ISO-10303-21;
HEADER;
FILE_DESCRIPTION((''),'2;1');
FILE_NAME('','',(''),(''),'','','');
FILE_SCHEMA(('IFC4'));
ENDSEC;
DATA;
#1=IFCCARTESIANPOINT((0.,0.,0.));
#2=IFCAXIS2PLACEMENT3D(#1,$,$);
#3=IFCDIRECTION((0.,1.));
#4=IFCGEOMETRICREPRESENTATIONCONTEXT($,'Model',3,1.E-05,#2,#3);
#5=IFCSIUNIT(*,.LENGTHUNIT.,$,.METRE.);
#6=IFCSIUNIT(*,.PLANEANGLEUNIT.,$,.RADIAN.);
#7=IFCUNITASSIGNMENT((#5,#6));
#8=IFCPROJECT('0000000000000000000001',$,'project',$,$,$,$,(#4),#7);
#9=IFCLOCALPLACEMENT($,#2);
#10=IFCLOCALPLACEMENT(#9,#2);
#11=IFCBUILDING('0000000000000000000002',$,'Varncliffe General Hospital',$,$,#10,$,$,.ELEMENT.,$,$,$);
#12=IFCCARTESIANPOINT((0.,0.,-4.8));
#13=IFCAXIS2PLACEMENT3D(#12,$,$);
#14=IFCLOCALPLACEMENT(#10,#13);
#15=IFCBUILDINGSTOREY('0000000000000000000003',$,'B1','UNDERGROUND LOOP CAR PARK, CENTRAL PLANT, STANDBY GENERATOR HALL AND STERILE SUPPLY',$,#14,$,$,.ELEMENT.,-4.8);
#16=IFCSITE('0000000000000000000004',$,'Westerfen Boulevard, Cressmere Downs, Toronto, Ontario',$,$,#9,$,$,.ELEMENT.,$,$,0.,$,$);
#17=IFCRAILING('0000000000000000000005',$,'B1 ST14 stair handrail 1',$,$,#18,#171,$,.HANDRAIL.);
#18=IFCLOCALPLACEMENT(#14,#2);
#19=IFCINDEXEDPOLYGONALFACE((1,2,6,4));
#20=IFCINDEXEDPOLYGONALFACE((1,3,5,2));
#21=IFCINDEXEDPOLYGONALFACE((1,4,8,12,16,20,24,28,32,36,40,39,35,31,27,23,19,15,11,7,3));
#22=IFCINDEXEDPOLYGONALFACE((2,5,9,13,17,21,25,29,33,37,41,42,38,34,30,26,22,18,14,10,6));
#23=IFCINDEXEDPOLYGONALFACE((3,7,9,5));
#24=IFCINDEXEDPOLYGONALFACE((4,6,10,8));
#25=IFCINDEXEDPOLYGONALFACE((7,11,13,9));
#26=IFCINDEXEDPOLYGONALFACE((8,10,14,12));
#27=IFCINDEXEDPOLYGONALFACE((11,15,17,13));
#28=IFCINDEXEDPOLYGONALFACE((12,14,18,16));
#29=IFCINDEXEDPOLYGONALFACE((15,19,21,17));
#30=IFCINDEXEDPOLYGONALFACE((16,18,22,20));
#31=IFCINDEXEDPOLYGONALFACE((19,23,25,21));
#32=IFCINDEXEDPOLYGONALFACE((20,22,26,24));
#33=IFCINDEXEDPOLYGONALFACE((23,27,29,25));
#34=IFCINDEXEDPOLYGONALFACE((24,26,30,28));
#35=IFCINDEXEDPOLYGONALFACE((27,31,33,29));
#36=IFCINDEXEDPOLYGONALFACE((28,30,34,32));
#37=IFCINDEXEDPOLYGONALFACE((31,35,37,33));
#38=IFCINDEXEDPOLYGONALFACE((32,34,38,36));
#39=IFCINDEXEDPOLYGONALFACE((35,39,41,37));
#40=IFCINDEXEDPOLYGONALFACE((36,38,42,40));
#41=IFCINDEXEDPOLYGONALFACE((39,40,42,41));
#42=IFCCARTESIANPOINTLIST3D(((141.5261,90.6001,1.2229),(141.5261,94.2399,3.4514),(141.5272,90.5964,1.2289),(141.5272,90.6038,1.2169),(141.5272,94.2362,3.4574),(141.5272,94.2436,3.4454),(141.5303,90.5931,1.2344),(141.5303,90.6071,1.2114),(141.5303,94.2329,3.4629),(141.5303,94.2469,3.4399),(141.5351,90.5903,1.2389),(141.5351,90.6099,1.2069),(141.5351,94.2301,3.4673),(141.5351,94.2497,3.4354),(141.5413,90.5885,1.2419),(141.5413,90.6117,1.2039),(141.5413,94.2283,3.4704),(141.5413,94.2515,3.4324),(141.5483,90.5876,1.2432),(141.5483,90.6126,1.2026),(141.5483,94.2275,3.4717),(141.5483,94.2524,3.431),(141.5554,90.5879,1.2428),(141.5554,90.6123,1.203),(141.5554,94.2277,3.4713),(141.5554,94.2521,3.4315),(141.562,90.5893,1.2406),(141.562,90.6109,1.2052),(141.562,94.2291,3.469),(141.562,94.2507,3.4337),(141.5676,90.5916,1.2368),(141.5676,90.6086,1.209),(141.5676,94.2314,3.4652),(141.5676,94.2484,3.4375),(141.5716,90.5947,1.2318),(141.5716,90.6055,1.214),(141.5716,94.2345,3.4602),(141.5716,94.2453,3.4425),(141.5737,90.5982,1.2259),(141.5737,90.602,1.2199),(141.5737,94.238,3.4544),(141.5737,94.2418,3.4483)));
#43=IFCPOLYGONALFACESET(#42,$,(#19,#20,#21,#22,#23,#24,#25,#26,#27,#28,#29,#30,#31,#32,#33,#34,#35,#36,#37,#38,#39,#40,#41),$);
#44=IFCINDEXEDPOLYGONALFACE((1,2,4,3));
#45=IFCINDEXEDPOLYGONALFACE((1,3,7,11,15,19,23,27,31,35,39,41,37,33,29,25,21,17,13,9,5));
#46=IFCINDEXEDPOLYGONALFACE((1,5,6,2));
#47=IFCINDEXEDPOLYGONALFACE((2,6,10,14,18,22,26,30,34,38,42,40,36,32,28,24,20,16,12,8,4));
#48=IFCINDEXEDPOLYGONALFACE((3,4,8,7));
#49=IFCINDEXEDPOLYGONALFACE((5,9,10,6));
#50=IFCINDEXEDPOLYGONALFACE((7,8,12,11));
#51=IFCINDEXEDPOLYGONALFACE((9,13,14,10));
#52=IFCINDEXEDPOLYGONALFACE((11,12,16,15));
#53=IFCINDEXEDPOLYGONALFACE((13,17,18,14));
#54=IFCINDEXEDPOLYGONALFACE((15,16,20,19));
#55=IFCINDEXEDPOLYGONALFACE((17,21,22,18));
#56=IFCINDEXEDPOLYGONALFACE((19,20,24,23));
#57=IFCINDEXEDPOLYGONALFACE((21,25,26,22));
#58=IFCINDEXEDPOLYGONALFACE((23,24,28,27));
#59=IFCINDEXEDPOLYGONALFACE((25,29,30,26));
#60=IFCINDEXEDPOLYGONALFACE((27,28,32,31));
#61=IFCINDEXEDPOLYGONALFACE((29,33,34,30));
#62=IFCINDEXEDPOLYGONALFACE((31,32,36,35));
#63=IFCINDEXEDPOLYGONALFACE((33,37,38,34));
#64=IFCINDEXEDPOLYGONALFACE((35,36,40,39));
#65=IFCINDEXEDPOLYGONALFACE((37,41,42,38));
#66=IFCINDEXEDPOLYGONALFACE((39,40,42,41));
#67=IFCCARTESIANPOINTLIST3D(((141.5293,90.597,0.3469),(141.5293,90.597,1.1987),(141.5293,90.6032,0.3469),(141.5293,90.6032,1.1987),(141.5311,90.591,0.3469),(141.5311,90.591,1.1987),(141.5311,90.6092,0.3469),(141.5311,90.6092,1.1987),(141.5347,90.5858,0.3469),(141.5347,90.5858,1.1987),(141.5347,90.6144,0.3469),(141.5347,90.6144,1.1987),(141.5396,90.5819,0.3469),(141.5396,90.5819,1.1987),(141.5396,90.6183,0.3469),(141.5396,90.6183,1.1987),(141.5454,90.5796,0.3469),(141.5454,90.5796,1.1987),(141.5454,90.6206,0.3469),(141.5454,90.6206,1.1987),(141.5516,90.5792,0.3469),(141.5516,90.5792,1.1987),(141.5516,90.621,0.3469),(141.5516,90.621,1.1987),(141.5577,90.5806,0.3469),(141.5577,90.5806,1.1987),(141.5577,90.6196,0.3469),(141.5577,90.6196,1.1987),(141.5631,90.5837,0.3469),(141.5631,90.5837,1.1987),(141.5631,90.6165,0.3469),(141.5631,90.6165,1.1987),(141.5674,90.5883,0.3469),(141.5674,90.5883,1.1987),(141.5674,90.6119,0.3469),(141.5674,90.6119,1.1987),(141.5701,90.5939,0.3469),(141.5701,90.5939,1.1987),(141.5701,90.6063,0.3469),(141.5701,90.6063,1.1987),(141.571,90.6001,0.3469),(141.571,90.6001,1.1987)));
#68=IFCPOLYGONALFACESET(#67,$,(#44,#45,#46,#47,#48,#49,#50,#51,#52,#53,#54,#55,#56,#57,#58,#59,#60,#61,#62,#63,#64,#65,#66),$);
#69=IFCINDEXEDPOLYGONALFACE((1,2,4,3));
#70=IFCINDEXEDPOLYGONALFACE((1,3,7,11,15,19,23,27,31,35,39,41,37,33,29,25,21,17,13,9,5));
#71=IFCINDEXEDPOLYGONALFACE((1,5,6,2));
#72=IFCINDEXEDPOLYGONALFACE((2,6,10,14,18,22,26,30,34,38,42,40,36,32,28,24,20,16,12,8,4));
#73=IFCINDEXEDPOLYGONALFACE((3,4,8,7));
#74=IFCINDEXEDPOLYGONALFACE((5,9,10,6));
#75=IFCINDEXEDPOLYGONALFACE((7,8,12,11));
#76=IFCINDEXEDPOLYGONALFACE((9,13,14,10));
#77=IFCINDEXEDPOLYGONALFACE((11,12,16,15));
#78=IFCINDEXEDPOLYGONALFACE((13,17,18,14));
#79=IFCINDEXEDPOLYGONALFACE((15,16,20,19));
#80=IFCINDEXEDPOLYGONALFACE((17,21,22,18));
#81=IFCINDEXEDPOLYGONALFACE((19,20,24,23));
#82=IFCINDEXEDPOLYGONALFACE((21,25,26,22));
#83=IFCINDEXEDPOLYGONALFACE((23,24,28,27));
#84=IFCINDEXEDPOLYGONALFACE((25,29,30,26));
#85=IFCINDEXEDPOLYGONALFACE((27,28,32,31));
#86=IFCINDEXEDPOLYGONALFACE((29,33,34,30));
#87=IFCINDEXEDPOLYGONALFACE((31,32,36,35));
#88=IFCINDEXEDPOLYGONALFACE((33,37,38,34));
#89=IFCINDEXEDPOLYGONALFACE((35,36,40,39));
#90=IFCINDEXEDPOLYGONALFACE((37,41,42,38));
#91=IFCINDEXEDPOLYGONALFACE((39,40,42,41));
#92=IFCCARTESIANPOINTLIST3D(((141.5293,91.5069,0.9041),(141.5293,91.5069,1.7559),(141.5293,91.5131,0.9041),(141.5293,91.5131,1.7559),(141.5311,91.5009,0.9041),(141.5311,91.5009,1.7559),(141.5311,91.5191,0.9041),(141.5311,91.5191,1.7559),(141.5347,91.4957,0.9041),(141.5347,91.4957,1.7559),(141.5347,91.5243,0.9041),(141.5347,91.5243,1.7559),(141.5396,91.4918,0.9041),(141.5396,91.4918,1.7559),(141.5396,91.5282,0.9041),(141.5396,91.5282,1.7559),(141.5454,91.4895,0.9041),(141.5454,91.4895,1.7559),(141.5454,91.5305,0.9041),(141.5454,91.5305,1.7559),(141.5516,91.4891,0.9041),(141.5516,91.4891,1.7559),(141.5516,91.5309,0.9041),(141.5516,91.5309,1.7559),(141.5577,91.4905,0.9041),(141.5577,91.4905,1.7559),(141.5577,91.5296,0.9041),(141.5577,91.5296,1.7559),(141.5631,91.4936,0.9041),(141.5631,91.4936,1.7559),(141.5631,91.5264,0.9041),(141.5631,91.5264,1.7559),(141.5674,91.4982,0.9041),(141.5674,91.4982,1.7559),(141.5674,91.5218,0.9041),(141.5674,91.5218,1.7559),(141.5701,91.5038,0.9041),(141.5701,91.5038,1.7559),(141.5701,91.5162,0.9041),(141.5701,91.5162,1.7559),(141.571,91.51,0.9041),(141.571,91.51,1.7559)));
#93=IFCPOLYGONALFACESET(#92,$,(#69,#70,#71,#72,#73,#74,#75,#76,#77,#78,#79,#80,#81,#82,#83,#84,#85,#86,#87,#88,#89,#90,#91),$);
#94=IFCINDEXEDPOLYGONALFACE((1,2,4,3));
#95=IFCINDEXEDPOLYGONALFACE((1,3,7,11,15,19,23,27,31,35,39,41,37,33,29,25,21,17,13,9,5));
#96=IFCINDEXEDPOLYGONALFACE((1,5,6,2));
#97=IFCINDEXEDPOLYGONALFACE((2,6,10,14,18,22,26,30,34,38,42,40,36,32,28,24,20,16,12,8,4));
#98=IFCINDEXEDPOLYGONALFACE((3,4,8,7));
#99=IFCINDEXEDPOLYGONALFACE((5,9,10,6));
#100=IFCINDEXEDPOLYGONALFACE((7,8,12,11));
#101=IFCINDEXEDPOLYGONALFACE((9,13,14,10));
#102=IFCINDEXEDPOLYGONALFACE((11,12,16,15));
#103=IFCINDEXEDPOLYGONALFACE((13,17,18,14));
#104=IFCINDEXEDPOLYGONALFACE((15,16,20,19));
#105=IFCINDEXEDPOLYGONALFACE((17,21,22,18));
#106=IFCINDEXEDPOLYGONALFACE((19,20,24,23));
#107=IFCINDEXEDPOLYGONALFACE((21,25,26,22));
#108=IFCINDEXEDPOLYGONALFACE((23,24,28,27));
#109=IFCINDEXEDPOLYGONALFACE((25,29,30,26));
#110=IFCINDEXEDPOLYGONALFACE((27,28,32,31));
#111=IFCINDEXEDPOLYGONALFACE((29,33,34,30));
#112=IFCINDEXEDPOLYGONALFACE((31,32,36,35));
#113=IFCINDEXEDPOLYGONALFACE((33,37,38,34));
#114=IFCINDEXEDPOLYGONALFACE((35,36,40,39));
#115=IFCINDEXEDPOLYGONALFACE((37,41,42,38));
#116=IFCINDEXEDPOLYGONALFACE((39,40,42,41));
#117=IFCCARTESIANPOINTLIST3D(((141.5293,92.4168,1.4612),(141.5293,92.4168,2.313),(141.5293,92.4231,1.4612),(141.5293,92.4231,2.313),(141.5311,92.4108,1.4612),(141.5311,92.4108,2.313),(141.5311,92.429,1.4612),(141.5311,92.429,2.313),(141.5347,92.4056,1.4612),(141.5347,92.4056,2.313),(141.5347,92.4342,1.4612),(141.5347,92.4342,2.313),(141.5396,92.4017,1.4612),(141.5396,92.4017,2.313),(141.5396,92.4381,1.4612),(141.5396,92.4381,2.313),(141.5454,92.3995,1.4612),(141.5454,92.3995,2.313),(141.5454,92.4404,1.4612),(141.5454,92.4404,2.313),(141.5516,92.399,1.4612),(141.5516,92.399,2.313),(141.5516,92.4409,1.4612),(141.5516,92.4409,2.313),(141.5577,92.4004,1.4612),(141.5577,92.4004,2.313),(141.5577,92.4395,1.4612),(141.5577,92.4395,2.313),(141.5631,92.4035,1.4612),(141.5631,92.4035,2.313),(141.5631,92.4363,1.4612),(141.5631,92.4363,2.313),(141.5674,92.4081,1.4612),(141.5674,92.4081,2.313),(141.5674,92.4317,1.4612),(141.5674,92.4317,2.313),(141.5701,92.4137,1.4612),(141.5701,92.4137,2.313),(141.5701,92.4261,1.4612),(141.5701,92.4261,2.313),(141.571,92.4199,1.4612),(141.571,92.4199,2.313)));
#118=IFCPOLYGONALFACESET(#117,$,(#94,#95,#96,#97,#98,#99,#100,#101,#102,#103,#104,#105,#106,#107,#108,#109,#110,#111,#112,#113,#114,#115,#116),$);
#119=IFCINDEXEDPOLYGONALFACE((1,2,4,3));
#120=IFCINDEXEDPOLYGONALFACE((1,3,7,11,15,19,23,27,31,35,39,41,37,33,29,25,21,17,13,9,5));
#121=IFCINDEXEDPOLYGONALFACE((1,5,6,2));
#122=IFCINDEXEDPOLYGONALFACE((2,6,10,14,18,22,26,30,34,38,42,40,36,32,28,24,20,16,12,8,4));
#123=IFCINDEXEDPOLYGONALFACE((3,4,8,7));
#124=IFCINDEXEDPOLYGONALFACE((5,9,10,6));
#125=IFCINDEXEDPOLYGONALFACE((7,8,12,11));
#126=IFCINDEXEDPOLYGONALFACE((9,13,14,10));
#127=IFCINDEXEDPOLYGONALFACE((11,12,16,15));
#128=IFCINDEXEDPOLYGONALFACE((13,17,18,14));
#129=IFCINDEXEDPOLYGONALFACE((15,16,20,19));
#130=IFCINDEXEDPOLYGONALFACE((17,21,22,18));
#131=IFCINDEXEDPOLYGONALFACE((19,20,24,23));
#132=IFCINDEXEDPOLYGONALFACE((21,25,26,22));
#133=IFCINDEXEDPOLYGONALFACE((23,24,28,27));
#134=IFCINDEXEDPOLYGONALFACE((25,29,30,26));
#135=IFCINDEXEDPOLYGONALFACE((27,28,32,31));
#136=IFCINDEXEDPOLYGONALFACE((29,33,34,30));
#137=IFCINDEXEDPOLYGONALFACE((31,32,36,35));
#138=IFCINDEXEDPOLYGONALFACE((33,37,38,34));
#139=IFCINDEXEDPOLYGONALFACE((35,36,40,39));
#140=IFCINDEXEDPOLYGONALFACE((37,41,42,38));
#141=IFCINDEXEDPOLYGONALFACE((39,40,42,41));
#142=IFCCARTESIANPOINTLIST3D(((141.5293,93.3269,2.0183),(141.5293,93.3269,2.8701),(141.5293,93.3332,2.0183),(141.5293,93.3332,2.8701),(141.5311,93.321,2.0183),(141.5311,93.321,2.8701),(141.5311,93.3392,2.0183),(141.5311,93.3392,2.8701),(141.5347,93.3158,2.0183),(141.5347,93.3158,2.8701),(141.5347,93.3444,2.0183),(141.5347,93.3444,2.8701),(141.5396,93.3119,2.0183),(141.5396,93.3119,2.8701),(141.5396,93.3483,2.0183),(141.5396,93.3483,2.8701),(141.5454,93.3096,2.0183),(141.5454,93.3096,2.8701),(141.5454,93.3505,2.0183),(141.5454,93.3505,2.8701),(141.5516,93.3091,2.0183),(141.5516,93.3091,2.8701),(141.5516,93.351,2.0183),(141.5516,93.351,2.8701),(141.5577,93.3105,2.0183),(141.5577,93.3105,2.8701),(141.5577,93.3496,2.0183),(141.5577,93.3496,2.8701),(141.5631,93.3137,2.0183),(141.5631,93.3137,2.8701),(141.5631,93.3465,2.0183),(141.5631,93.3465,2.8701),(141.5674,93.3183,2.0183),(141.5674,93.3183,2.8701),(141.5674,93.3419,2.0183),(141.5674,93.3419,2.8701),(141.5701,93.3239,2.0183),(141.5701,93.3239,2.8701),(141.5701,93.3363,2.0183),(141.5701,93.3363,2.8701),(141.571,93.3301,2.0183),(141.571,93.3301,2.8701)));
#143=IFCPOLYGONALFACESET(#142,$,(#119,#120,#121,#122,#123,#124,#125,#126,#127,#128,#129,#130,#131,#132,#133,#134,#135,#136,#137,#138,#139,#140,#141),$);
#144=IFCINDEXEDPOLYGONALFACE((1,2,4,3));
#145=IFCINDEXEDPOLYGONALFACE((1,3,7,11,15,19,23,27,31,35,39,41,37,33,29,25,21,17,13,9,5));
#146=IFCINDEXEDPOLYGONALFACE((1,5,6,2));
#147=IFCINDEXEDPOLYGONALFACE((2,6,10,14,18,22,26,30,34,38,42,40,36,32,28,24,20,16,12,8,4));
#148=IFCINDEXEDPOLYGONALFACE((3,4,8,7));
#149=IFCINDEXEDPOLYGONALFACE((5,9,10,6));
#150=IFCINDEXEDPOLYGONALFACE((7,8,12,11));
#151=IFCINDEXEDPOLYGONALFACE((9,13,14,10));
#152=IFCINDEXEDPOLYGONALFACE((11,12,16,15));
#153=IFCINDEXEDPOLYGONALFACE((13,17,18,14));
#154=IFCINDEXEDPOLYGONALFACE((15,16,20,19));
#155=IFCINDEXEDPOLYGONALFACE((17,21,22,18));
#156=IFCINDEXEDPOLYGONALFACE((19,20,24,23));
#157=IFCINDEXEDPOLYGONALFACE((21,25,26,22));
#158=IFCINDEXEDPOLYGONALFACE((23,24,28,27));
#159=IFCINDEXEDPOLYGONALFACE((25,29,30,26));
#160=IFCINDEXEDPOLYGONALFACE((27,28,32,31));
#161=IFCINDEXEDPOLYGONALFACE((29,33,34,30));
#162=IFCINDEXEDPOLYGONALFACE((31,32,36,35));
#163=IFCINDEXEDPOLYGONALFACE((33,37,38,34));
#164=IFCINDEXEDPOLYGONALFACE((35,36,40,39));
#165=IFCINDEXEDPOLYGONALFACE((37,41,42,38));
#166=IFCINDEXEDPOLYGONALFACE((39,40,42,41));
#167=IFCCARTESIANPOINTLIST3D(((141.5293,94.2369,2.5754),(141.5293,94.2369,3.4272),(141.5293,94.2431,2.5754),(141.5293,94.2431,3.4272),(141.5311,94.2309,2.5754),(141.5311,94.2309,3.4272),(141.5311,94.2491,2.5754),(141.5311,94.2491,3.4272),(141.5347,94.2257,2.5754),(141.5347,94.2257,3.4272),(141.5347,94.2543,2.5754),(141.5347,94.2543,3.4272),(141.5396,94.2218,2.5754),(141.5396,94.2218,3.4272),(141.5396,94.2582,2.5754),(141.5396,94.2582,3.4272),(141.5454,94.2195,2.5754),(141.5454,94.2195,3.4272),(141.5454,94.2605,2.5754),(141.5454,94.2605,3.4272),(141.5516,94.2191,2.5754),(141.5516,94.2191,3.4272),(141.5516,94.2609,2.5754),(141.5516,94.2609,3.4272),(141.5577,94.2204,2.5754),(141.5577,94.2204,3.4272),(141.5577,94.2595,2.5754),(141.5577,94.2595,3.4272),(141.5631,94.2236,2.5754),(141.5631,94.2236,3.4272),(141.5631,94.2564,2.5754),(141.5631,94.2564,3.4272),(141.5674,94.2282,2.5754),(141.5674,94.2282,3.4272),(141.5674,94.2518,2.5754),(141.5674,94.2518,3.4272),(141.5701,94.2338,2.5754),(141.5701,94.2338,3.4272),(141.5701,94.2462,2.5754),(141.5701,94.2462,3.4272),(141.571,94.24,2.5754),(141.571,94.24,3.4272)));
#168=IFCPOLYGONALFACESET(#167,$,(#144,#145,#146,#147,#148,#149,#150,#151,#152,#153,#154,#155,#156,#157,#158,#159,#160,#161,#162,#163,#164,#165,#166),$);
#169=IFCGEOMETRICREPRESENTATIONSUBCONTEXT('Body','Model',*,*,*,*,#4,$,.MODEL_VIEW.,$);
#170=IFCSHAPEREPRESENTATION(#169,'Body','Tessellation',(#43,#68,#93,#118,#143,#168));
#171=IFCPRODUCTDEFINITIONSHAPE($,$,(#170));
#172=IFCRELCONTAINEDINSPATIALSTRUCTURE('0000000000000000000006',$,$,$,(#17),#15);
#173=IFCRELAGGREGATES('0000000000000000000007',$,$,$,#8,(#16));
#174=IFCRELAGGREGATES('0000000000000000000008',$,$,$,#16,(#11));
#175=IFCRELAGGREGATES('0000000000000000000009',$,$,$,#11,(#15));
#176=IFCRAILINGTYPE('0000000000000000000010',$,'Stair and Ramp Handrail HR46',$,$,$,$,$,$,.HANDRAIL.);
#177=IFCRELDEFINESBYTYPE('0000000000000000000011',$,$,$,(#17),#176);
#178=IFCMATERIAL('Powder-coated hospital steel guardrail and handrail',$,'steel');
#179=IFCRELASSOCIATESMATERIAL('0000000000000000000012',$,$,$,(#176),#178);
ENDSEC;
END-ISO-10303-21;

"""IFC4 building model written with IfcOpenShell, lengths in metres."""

from ifc_helpers import new_model, si_unit, direction, frame, origin, origin_2d, place, context, subcontext, project, spatial, circle, extrude, material, type_object, element, save


model = new_model("IFC4")

# Units and contexts
model_context = context("Model", 3, precision=1e-05, world=origin(), true_north=direction((0.0, 1.0)))
body_context = subcontext(model_context, "Body", "Model", "MODEL_VIEW")
ifc_project = project(units=[si_unit("LENGTHUNIT", "METRE"), si_unit("PLANEANGLEUNIT", "RADIAN")], contexts=[model_context])

# Site, building, storey
site_placement = place(None, origin())
site = spatial("IfcSite", under=ifc_project, at=site_placement, Name="Westerfen Boulevard, Cressmere Downs, Toronto, Ontario", CompositionType="ELEMENT", RefElevation=0.0)
building_placement = place(site_placement, origin())
building = spatial("IfcBuilding", under=site, at=building_placement, Name="Varncliffe General Hospital", CompositionType="ELEMENT")
storey_placement = place(building_placement, frame((0.0, 0.0, -4.8)))
storey = spatial("IfcBuildingStorey", under=building, at=storey_placement, Name="B1", Description="UNDERGROUND LOOP CAR PARK, CENTRAL PLANT, STANDBY GENERATOR HALL AND STERILE SUPPLY", CompositionType="ELEMENT", Elevation=-4.8)

# Railing
ifc_material_1 = material(Name="Powder-coated hospital steel guardrail and handrail", Category="steel")
railing_type_1 = type_object("IfcRailingType", Name="Stair and Ramp Handrail HR46", PredefinedType="HANDRAIL", material=ifc_material_1)
railing_1_placement = place(storey_placement, frame((141.55, 90.6001, 0.3469)))
element("IfcRailing", 1, at=railing_1_placement, inside=storey, type_object=railing_type_1, Name="B1 ST14 stair handrail 1", PredefinedType="HANDRAIL", context=body_context, shape_type="SweptSolid", body=[
    extrude(circle(Radius=0.0239, at=origin_2d()), frame((0.0, 0.0, 0.876), z_axis=(0.0, 0.85285, 0.522156), x_axis=(-1.0, 0.0, 0.0)), (0.0, 0.0, 1.0), 4.2678),
    extrude(circle(Radius=0.021, at=origin_2d()), origin(), (0.0, 0.0, 1.0), 0.8518),
    extrude(circle(Radius=0.021, at=origin_2d()), frame((0.0, 0.9099, 0.5571)), (0.0, 0.0, 1.0), 0.8518),
    extrude(circle(Radius=0.021, at=origin_2d()), frame((0.0, 1.8198, 1.1143)), (0.0, 0.0, 1.0), 0.8518),
    extrude(circle(Radius=0.021, at=origin_2d()), frame((0.0, 2.73, 1.6714)), (0.0, 0.0, 1.0), 0.8518),
    extrude(circle(Radius=0.021, at=origin_2d()), frame((0.0, 3.6399, 2.2285)), (0.0, 0.0, 1.0), 0.8518),
])

save(model, "model.ifc")
